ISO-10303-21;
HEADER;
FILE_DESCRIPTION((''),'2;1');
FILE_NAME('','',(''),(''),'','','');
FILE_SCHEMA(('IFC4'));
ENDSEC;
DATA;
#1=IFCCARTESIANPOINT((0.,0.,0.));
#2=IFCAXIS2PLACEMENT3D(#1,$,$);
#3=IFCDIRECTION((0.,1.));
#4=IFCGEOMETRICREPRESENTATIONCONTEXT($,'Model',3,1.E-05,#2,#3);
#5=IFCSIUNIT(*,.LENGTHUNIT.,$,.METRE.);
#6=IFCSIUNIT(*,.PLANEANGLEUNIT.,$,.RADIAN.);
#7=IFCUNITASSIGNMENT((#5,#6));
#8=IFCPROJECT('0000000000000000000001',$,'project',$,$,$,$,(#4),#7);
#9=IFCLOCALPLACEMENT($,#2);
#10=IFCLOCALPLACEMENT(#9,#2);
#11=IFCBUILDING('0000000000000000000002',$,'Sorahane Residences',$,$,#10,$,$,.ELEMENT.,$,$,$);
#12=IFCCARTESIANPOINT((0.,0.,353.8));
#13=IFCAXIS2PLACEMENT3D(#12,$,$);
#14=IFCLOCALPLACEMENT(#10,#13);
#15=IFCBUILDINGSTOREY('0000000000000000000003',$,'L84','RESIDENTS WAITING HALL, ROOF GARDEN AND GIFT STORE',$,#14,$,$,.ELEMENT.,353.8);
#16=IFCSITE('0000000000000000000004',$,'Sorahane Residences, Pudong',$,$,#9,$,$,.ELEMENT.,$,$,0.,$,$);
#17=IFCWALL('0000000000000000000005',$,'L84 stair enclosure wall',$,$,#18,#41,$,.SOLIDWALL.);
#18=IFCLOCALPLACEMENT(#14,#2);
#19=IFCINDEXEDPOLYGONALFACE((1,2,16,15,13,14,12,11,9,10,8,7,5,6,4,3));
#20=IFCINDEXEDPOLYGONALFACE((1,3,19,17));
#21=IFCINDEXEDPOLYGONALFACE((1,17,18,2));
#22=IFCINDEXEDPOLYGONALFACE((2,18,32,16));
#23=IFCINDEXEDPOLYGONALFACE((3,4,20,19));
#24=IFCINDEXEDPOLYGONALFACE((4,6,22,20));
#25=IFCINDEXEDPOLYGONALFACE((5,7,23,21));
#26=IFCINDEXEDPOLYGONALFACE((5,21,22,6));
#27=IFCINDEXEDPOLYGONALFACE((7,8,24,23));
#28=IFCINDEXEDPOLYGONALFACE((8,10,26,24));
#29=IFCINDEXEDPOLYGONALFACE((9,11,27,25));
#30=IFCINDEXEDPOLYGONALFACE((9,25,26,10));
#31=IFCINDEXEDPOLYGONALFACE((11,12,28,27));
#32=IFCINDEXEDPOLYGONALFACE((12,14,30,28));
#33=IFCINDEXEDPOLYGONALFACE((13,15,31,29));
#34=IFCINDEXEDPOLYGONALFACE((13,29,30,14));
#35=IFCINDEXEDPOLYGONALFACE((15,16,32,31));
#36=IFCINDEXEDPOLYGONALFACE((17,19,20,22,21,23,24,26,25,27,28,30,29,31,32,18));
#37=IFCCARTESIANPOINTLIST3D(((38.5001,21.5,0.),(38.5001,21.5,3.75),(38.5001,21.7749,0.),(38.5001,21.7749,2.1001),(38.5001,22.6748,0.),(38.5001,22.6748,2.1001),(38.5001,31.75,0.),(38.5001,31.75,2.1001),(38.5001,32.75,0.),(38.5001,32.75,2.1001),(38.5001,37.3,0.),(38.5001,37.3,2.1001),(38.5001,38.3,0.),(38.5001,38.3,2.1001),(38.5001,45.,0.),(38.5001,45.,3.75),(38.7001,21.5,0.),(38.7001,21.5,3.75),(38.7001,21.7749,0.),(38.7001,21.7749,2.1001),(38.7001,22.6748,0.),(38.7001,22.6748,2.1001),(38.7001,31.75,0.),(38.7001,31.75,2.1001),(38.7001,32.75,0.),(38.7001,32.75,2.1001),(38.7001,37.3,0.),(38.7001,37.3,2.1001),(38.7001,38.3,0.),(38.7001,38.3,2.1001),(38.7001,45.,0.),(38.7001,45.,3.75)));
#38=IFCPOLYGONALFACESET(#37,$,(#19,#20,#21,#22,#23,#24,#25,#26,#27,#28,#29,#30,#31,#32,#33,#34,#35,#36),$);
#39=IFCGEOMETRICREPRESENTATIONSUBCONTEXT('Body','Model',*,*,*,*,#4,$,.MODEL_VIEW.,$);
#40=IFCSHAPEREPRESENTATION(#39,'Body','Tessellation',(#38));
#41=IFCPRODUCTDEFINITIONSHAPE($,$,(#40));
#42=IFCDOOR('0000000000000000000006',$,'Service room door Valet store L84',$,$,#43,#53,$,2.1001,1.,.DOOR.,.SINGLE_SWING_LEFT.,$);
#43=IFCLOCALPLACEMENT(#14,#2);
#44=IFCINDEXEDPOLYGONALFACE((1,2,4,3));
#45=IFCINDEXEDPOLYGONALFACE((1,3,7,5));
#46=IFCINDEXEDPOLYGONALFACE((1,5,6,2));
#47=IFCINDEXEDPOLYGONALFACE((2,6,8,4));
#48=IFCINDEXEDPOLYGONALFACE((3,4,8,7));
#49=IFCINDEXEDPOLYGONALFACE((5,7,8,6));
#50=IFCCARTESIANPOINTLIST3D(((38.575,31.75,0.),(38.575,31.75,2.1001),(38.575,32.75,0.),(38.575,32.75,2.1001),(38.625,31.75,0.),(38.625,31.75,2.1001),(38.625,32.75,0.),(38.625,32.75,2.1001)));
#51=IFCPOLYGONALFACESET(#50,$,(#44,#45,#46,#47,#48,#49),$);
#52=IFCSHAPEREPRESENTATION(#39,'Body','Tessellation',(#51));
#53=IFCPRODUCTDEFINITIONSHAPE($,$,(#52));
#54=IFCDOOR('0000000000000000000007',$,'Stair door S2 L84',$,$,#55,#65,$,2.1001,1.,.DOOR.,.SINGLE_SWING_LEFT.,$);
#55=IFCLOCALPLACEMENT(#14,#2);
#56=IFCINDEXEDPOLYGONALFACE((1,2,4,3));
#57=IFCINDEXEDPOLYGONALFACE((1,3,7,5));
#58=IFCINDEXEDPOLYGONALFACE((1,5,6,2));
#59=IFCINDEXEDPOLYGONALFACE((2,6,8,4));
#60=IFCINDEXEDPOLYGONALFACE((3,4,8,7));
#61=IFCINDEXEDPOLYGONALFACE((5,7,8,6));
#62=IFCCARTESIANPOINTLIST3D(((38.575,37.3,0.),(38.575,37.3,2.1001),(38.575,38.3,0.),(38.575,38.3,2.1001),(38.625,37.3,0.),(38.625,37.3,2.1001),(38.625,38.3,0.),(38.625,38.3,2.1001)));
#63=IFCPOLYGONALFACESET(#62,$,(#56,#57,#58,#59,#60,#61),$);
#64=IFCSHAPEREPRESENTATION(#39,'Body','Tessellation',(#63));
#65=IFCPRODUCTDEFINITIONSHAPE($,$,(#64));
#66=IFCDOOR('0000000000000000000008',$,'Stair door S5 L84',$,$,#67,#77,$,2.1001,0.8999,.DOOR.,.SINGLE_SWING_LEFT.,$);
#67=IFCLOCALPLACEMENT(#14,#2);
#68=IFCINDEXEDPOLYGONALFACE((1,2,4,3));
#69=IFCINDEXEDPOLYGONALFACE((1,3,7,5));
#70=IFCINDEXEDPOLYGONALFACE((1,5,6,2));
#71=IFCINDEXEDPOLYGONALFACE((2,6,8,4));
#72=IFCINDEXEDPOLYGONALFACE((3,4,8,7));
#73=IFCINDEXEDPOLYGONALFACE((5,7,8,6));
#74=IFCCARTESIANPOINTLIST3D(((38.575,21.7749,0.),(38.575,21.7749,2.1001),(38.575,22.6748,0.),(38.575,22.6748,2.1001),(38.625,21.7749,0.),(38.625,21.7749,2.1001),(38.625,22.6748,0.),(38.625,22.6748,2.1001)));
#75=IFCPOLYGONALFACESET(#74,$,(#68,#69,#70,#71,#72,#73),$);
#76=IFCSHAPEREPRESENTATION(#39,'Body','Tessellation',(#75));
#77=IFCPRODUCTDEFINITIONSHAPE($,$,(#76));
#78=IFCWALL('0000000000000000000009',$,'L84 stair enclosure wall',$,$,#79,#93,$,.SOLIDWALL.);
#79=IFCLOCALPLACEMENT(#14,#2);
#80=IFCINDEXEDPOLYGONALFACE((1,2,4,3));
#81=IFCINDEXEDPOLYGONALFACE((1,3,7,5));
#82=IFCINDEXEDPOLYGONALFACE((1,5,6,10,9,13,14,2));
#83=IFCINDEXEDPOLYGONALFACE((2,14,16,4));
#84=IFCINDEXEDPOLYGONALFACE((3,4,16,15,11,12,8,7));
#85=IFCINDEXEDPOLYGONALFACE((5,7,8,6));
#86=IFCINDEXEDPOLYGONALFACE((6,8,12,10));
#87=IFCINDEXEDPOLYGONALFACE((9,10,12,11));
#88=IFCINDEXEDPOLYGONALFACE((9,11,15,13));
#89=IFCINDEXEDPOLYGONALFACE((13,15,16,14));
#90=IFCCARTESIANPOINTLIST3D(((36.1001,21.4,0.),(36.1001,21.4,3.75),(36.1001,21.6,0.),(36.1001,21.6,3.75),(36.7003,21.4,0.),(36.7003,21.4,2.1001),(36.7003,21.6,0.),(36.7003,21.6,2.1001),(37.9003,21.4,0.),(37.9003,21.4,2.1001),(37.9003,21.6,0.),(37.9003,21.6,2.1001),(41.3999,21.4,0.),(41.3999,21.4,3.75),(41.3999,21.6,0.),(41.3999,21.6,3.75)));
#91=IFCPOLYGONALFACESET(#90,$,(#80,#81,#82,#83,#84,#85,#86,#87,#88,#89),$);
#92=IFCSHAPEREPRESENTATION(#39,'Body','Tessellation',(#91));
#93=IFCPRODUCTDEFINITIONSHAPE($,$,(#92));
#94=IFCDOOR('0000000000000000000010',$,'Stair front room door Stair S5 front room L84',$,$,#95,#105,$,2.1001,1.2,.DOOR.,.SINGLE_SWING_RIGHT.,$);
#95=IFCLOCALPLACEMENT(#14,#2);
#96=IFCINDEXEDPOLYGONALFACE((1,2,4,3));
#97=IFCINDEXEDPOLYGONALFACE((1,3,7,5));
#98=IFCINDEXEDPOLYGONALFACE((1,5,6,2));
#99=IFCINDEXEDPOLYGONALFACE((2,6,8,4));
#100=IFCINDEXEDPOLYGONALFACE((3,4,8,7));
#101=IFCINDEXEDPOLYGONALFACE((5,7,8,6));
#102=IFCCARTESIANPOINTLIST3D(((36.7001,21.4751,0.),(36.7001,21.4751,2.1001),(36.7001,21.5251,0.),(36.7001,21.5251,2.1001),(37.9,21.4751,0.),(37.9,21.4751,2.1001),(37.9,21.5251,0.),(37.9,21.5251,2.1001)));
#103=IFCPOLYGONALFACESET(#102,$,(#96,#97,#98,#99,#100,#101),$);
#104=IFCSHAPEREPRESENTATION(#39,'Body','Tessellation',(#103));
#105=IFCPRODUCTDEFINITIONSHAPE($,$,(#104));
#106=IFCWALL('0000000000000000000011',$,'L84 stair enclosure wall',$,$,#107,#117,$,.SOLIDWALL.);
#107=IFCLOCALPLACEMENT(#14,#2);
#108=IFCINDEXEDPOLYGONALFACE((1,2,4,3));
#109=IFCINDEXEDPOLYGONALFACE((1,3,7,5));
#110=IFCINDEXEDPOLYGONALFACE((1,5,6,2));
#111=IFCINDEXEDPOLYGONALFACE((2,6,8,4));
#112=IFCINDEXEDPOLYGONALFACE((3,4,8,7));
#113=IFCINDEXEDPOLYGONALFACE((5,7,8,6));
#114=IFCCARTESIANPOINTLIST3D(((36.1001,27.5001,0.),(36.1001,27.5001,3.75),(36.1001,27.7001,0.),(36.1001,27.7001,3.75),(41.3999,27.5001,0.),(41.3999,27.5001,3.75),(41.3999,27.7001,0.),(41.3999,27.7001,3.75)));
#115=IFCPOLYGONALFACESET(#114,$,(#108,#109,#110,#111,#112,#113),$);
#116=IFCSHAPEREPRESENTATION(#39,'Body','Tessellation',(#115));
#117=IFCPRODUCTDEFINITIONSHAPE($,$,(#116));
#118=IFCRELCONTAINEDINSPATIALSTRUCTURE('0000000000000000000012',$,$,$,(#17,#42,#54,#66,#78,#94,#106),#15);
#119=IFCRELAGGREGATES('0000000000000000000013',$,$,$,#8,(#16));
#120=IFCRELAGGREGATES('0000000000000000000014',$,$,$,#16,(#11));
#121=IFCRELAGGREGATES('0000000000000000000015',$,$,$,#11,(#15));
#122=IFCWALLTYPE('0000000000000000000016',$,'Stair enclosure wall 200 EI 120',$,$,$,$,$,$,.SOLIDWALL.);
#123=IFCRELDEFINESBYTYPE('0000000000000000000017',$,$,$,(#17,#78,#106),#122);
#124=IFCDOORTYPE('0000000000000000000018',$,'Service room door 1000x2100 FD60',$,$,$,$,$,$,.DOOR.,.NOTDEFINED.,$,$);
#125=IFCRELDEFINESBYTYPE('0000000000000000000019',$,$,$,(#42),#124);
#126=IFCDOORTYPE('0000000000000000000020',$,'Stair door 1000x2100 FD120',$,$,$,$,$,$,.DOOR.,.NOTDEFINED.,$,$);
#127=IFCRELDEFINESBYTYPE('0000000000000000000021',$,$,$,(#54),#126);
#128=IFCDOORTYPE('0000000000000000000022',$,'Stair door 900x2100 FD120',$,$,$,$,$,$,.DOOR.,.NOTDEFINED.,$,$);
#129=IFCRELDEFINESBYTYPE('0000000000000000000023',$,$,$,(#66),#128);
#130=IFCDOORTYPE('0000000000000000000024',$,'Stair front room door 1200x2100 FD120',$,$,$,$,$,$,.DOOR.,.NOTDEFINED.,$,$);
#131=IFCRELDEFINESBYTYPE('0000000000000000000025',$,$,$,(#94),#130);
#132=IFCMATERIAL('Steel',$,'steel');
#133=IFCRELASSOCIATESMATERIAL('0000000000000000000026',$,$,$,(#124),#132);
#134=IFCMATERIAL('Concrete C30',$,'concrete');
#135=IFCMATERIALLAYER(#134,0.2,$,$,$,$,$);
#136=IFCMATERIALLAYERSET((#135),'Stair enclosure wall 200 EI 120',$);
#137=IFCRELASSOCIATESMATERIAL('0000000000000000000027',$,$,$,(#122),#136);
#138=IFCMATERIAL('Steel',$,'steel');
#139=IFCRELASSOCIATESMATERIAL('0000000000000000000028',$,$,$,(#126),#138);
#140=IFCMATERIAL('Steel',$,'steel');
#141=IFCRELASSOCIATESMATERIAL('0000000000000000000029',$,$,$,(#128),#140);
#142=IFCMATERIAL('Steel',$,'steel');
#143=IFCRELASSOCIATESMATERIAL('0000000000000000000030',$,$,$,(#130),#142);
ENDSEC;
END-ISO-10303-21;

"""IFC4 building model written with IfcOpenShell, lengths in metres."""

from ifc_helpers import new_model, si_unit, direction, frame, frame_2d, origin, place, context, subcontext, project, spatial, rectangle, extrude, material, layer, layer_set, type_object, element, fill, save


model = new_model("IFC4")

# Units and contexts
model_context = context("Model", 3, precision=1e-05, world=origin(), true_north=direction((0.0, 1.0)))
body_context = subcontext(model_context, "Body", "Model", "MODEL_VIEW")
ifc_project = project(units=[si_unit("LENGTHUNIT", "METRE"), si_unit("PLANEANGLEUNIT", "RADIAN")], contexts=[model_context])

# Site, building, storey
site_placement = place(None, origin())
site = spatial("IfcSite", under=ifc_project, at=site_placement, Name="Sorahane Residences, Pudong", CompositionType="ELEMENT", RefElevation=0.0)
building_placement = place(site_placement, origin())
building = spatial("IfcBuilding", under=site, at=building_placement, Name="Sorahane Residences", CompositionType="ELEMENT")
storey_placement = place(building_placement, frame((0.0, 0.0, 353.8)))
storey = spatial("IfcBuildingStorey", under=building, at=storey_placement, Name="L84", Description="RESIDENTS WAITING HALL, ROOF GARDEN AND GIFT STORE", CompositionType="ELEMENT", Elevation=353.8)

# Shared definitions
ifc_material_1 = material(Name="Steel", Category="steel")
door_type_1 = type_object("IfcDoorType", Name="Service room door 1000x2100 FD60", OperationType="NOTDEFINED", PredefinedType="DOOR", material=ifc_material_1)

# Wall, openings, doors
ifc_material_2 = material(Name="Concrete C30", Category="concrete")
ifc_layer_1 = layer(ifc_material_2, 0.2)
ifc_layer_set_1 = layer_set([ifc_layer_1], Name="Stair enclosure wall 200 EI 120")
wall_type_1 = type_object("IfcWallType", Name="Stair enclosure wall 200 EI 120", PredefinedType="SOLIDWALL", material=ifc_layer_set_1)
wall_1_placement = place(storey_placement, frame((38.6001, 21.5, 0.0), z_axis=(0.0, 0.0, 1.0), x_axis=(0.0, 1.0, 0.0)))
wall_1 = element("IfcWall", 1, at=wall_1_placement, inside=storey, type_object=wall_type_1, Name="L84 stair enclosure wall", PredefinedType="SOLIDWALL", context=body_context, shape_type="SweptSolid", body=[
    extrude(rectangle(XDim=23.5, YDim=0.2, at=frame_2d((11.75, 0.0))), origin(), (0.0, 0.0, 1.0), 3.75),
])
opening_1_placement = place(wall_1_placement, frame((10.25, 0.0, 0.0)))
opening_1 = element("IfcOpeningElement", 2, at=opening_1_placement, cuts=wall_1, PredefinedType="OPENING", context=body_context, shape_type="SweptSolid", body=[
    extrude(rectangle(XDim=1.0, YDim=2.1001, at=frame_2d((0.5, 1.05))), frame((0.0, 0.1099, 0.0), z_axis=(0.0, -1.0, 0.0), x_axis=(1.0, 0.0, 0.0)), (0.0, 0.0, 1.0), 0.22),
])
opening_2_placement = place(wall_1_placement, frame((15.8, 0.0, 0.0)))
opening_2 = element("IfcOpeningElement", 3, at=opening_2_placement, cuts=wall_1, PredefinedType="OPENING", context=body_context, shape_type="SweptSolid", body=[
    extrude(rectangle(XDim=1.0, YDim=2.1001, at=frame_2d((0.5, 1.05))), frame((0.0, 0.1099, 0.0), z_axis=(0.0, -1.0, 0.0), x_axis=(1.0, 0.0, 0.0)), (0.0, 0.0, 1.0), 0.22),
])
opening_3_placement = place(wall_1_placement, frame((0.2749, 0.0, 0.0)))
opening_3 = element("IfcOpeningElement", 4, at=opening_3_placement, cuts=wall_1, PredefinedType="OPENING", context=body_context, shape_type="SweptSolid", body=[
    extrude(rectangle(XDim=0.8999, YDim=2.1001, at=frame_2d((0.45, 1.05))), frame((0.0, 0.1099, 0.0), z_axis=(0.0, -1.0, 0.0), x_axis=(1.0, 0.0, 0.0)), (0.0, 0.0, 1.0), 0.22),
])
door_1_placement = place(opening_1_placement, frame((1.0, 0.0, 0.0), z_axis=(0.0, 0.0, 1.0), x_axis=(-1.0, 0.0, 0.0)))
door_1 = element("IfcDoor", 5, at=door_1_placement, inside=storey, type_object=door_type_1, Name="Service room door Valet store L84", OperationType="SINGLE_SWING_LEFT", OverallHeight=2.1001, OverallWidth=1.0, PredefinedType="DOOR", context=body_context, shape_type="SweptSolid", body=[
    extrude(rectangle(XDim=1.0, YDim=2.1001, at=frame_2d((0.5, 1.05))), frame((0.0, 0.0249, 0.0), z_axis=(0.0, -1.0, 0.0), x_axis=(1.0, 0.0, 0.0)), (0.0, 0.0, 1.0), 0.05),
])
fill(opening_1, door_1)
ifc_material_3 = material(Name="Steel", Category="steel")
door_type_2 = type_object("IfcDoorType", Name="Stair door 1000x2100 FD120", OperationType="NOTDEFINED", PredefinedType="DOOR", material=ifc_material_3)
door_2_placement = place(opening_2_placement, frame((1.0, 0.0, 0.0), z_axis=(0.0, 0.0, 1.0), x_axis=(-1.0, 0.0, 0.0)))
door_2 = element("IfcDoor", 6, at=door_2_placement, inside=storey, type_object=door_type_2, Name="Stair door S2 L84", OperationType="SINGLE_SWING_LEFT", OverallHeight=2.1001, OverallWidth=1.0, PredefinedType="DOOR", context=body_context, shape_type="SweptSolid", body=[
    extrude(rectangle(XDim=1.0, YDim=2.1001, at=frame_2d((0.5, 1.05))), frame((0.0, 0.0249, 0.0), z_axis=(0.0, -1.0, 0.0), x_axis=(1.0, 0.0, 0.0)), (0.0, 0.0, 1.0), 0.05),
])
fill(opening_2, door_2)
ifc_material_4 = material(Name="Steel", Category="steel")
door_type_3 = type_object("IfcDoorType", Name="Stair door 900x2100 FD120", OperationType="NOTDEFINED", PredefinedType="DOOR", material=ifc_material_4)
door_3_placement = place(opening_3_placement, frame((0.8999, 0.0, 0.0), z_axis=(0.0, 0.0, 1.0), x_axis=(-1.0, 0.0, 0.0)))
door_3 = element("IfcDoor", 7, at=door_3_placement, inside=storey, type_object=door_type_3, Name="Stair door S5 L84", OperationType="SINGLE_SWING_LEFT", OverallHeight=2.1001, OverallWidth=0.8999, PredefinedType="DOOR", context=body_context, shape_type="SweptSolid", body=[
    extrude(rectangle(XDim=0.8999, YDim=2.1001, at=frame_2d((0.45, 1.05))), frame((0.0, 0.0249, 0.0), z_axis=(0.0, -1.0, 0.0), x_axis=(1.0, 0.0, 0.0)), (0.0, 0.0, 1.0), 0.05),
])
fill(opening_3, door_3)

# Wall, opening, door
wall_2_placement = place(storey_placement, frame((36.1001, 21.5, 0.0), z_axis=(0.0, 0.0, 1.0), x_axis=(1.0, 0.0, 0.0)))
wall_2 = element("IfcWall", 8, at=wall_2_placement, inside=storey, type_object=wall_type_1, Name="L84 stair enclosure wall", PredefinedType="SOLIDWALL", context=body_context, shape_type="SweptSolid", body=[
    extrude(rectangle(XDim=5.2998, YDim=0.2, at=frame_2d((2.6499, 0.0))), origin(), (0.0, 0.0, 1.0), 3.75),
])
opening_4_placement = place(wall_2_placement, frame((0.6001, 0.0, 0.0)))
opening_4 = element("IfcOpeningElement", 9, at=opening_4_placement, cuts=wall_2, PredefinedType="OPENING", context=body_context, shape_type="SweptSolid", body=[
    extrude(rectangle(XDim=1.2, YDim=2.1001, at=frame_2d((0.6001, 1.05))), frame((0.0, 0.1099, 0.0), z_axis=(0.0, -1.0, 0.0), x_axis=(1.0, 0.0, 0.0)), (0.0, 0.0, 1.0), 0.22),
])
ifc_material_5 = material(Name="Steel", Category="steel")
door_type_4 = type_object("IfcDoorType", Name="Stair front room door 1200x2100 FD120", OperationType="NOTDEFINED", PredefinedType="DOOR", material=ifc_material_5)
door_4_placement = place(opening_4_placement, frame((1.2, 0.0, 0.0), z_axis=(0.0, 0.0, 1.0), x_axis=(-1.0, 0.0, 0.0)))
door_4 = element("IfcDoor", 10, at=door_4_placement, inside=storey, type_object=door_type_4, Name="Stair front room door Stair S5 front room L84", OperationType="SINGLE_SWING_RIGHT", OverallHeight=2.1001, OverallWidth=1.2, PredefinedType="DOOR", context=body_context, shape_type="SweptSolid", body=[
    extrude(rectangle(XDim=1.2, YDim=2.1001, at=frame_2d((0.6001, 1.05))), frame((0.0, 0.0249, 0.0), z_axis=(0.0, -1.0, 0.0), x_axis=(1.0, 0.0, 0.0)), (0.0, 0.0, 1.0), 0.05),
])
fill(opening_4, door_4)

# Wall
wall_3_placement = place(storey_placement, frame((36.1001, 27.6001, 0.0), z_axis=(0.0, 0.0, 1.0), x_axis=(1.0, 0.0, 0.0)))
element("IfcWall", 11, at=wall_3_placement, inside=storey, type_object=wall_type_1, Name="L84 stair enclosure wall", PredefinedType="SOLIDWALL", context=body_context, shape_type="SweptSolid", body=[
    extrude(rectangle(XDim=5.2998, YDim=0.2, at=frame_2d((2.6499, 0.0))), origin(), (0.0, 0.0, 1.0), 3.75),
])

save(model, "model.ifc")
